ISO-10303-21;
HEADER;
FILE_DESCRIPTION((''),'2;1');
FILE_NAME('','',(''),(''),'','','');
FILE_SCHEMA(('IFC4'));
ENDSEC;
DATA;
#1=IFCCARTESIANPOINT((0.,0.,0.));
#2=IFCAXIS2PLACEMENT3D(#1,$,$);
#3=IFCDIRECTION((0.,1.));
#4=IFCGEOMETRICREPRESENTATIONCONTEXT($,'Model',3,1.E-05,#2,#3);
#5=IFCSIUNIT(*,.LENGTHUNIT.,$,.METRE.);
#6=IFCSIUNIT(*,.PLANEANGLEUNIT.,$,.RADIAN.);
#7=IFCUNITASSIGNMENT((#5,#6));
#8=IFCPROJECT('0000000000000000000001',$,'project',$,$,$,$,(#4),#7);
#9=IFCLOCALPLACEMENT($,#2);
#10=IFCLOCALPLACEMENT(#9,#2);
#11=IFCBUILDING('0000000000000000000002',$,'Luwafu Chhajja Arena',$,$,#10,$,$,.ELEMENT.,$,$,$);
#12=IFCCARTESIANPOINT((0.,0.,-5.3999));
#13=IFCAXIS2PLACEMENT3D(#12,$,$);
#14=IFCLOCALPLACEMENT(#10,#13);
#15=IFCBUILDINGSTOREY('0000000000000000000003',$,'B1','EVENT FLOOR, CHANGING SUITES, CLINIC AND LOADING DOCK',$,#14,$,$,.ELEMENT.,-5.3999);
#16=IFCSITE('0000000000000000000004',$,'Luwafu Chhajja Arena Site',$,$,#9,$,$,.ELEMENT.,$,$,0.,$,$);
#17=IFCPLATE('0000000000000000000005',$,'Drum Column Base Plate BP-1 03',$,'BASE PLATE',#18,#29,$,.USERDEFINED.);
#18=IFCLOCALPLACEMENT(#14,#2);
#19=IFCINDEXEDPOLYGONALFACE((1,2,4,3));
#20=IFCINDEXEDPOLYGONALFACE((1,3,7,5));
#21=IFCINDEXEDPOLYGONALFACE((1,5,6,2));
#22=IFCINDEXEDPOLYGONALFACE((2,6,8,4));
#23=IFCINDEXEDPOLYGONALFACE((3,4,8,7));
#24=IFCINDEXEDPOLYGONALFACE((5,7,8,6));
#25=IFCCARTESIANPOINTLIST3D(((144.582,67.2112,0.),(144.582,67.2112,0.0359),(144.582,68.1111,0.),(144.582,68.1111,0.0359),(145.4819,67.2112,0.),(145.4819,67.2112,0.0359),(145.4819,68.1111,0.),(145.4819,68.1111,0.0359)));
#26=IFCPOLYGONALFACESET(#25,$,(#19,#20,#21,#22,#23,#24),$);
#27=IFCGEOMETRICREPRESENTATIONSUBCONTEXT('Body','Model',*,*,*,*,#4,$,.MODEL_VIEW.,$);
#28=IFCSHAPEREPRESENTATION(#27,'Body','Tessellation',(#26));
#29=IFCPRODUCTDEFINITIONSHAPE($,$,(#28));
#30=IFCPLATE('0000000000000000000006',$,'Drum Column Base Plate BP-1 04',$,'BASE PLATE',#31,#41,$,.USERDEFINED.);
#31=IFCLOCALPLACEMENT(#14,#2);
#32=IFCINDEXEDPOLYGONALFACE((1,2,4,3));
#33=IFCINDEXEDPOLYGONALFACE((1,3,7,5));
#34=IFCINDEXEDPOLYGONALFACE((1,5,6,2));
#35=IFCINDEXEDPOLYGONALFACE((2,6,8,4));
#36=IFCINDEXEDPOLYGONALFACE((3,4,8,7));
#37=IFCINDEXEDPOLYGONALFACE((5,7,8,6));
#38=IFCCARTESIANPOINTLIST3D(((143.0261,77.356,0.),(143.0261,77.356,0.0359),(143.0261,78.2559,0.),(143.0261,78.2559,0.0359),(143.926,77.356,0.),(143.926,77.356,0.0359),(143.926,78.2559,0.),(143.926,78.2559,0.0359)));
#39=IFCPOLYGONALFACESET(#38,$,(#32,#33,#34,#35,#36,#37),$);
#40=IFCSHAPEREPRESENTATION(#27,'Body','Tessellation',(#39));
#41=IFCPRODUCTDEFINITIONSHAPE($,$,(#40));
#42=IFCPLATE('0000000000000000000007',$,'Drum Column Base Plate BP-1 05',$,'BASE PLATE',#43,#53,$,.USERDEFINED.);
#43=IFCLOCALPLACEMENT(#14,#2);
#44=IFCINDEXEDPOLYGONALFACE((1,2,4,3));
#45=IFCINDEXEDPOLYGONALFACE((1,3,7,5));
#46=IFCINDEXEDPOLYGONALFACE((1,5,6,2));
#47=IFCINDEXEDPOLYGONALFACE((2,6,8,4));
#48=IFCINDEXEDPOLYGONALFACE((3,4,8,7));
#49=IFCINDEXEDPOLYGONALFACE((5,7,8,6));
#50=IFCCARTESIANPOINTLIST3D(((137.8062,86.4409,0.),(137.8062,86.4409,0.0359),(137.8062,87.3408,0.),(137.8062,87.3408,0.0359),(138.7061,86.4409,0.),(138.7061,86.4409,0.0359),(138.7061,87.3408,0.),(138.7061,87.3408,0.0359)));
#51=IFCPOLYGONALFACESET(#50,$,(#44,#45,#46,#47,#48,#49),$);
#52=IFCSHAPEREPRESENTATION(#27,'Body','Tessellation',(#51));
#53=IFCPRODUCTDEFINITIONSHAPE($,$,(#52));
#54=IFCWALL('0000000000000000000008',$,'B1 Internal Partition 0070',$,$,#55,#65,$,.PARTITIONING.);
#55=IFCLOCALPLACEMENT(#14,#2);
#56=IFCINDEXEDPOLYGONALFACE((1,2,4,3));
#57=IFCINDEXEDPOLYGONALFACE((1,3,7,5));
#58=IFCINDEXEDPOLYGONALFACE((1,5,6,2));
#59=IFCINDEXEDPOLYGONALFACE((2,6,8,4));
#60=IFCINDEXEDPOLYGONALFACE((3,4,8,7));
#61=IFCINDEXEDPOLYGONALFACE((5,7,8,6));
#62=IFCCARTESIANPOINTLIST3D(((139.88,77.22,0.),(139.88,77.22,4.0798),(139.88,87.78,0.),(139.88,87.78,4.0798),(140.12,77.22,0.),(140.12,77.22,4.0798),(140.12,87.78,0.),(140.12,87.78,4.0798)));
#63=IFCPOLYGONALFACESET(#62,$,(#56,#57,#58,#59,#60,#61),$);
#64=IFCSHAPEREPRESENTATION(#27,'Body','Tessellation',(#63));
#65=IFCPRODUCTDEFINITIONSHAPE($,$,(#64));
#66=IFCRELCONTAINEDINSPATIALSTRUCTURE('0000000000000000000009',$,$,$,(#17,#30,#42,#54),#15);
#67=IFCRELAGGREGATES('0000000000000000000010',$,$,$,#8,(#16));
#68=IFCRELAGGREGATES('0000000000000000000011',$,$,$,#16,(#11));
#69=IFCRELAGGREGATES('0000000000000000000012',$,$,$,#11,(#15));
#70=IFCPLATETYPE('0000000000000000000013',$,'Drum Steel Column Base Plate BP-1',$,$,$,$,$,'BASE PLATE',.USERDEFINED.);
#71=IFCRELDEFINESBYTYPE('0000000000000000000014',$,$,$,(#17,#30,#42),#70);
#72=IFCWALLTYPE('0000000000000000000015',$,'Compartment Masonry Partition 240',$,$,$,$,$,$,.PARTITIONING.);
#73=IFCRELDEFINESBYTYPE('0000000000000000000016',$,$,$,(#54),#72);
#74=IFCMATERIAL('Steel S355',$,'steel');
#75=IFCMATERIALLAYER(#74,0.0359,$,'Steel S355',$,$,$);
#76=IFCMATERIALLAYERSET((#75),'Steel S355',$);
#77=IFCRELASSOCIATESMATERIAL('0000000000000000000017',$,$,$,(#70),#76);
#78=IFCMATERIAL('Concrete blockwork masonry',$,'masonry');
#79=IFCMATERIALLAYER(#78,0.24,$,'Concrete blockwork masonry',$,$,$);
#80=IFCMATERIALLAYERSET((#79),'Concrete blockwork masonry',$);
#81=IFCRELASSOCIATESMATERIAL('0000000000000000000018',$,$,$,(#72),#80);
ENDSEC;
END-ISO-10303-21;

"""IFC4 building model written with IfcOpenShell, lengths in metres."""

from ifc_helpers import new_model, si_unit, direction, frame, frame_2d, origin, origin_2d, place, context, subcontext, project, spatial, rectangle, extrude, material, layer, layer_set, type_object, element, save


model = new_model("IFC4")

# Units and contexts
model_context = context("Model", 3, precision=1e-05, world=origin(), true_north=direction((0.0, 1.0)))
body_context = subcontext(model_context, "Body", "Model", "MODEL_VIEW")
ifc_project = project(units=[si_unit("LENGTHUNIT", "METRE"), si_unit("PLANEANGLEUNIT", "RADIAN")], contexts=[model_context])

# Site, building, storey
site_placement = place(None, origin())
site = spatial("IfcSite", under=ifc_project, at=site_placement, Name="Luwafu Chhajja Arena Site", CompositionType="ELEMENT", RefElevation=0.0)
building_placement = place(site_placement, origin())
building = spatial("IfcBuilding", under=site, at=building_placement, Name="Luwafu Chhajja Arena", CompositionType="ELEMENT")
storey_placement = place(building_placement, frame((0.0, 0.0, -5.3999)))
storey = spatial("IfcBuildingStorey", under=building, at=storey_placement, Name="B1", Description="EVENT FLOOR, CHANGING SUITES, CLINIC AND LOADING DOCK", CompositionType="ELEMENT", Elevation=-5.3999)

# Shared definitions
ifc_material_1 = material(Name="Steel S355", Category="steel")

# Plates
ifc_layer_1 = layer(ifc_material_1, 0.0359, Name="Steel S355")
ifc_layer_set_1 = layer_set([ifc_layer_1], Name="Steel S355")
plate_type = type_object("IfcPlateType", Name="Drum Steel Column Base Plate BP-1", ElementType="BASE PLATE", PredefinedType="USERDEFINED", material=ifc_layer_set_1)
for number, where, z_axis, x_axis, name in (
    (1, (145.032, 67.6611, 0.0), (0.0, 0.0, 1.0), (1.0, 0.0, 0.0), "Drum Column Base Plate BP-1 03"),
    (2, (143.4761, 77.8059, 0.0), (0.0, 0.0, 1.0), (1.0, 0.0, 0.0), "Drum Column Base Plate BP-1 04"),
    (3, (138.2561, 86.8909, 0.0), (0.0, 0.0, 1.0), (1.0, 0.0, 0.0), "Drum Column Base Plate BP-1 05"),
):
    element("IfcPlate", number, at=place(storey_placement, frame(where, z_axis=z_axis, x_axis=x_axis)), inside=storey, type_object=plate_type, Name=name, ObjectType="BASE PLATE", PredefinedType="USERDEFINED", context=body_context, shape_type="SweptSolid", body=[
        extrude(rectangle(XDim=0.8999, YDim=0.8999, at=origin_2d()), origin(), (0.0, 0.0, 1.0), 0.0359),
    ])

# Wall
ifc_material_2 = material(Name="Concrete blockwork masonry", Category="masonry")
ifc_layer_2 = layer(ifc_material_2, 0.24, Name="Concrete blockwork masonry")
ifc_layer_set_2 = layer_set([ifc_layer_2], Name="Concrete blockwork masonry")
wall_type = type_object("IfcWallType", Name="Compartment Masonry Partition 240", PredefinedType="PARTITIONING", material=ifc_layer_set_2)
wall_placement = place(storey_placement, frame((140.0, 77.22, 0.0), z_axis=(0.0, 0.0, 1.0), x_axis=(0.0, 1.0, 0.0)))
element("IfcWall", 4, at=wall_placement, inside=storey, type_object=wall_type, Name="B1 Internal Partition 0070", PredefinedType="PARTITIONING", context=body_context, shape_type="SweptSolid", body=[
    extrude(rectangle(XDim=10.5601, YDim=0.24, at=frame_2d((5.28, 0.0))), origin(), (0.0, 0.0, 1.0), 4.0798),
])

save(model, "model.ifc")
